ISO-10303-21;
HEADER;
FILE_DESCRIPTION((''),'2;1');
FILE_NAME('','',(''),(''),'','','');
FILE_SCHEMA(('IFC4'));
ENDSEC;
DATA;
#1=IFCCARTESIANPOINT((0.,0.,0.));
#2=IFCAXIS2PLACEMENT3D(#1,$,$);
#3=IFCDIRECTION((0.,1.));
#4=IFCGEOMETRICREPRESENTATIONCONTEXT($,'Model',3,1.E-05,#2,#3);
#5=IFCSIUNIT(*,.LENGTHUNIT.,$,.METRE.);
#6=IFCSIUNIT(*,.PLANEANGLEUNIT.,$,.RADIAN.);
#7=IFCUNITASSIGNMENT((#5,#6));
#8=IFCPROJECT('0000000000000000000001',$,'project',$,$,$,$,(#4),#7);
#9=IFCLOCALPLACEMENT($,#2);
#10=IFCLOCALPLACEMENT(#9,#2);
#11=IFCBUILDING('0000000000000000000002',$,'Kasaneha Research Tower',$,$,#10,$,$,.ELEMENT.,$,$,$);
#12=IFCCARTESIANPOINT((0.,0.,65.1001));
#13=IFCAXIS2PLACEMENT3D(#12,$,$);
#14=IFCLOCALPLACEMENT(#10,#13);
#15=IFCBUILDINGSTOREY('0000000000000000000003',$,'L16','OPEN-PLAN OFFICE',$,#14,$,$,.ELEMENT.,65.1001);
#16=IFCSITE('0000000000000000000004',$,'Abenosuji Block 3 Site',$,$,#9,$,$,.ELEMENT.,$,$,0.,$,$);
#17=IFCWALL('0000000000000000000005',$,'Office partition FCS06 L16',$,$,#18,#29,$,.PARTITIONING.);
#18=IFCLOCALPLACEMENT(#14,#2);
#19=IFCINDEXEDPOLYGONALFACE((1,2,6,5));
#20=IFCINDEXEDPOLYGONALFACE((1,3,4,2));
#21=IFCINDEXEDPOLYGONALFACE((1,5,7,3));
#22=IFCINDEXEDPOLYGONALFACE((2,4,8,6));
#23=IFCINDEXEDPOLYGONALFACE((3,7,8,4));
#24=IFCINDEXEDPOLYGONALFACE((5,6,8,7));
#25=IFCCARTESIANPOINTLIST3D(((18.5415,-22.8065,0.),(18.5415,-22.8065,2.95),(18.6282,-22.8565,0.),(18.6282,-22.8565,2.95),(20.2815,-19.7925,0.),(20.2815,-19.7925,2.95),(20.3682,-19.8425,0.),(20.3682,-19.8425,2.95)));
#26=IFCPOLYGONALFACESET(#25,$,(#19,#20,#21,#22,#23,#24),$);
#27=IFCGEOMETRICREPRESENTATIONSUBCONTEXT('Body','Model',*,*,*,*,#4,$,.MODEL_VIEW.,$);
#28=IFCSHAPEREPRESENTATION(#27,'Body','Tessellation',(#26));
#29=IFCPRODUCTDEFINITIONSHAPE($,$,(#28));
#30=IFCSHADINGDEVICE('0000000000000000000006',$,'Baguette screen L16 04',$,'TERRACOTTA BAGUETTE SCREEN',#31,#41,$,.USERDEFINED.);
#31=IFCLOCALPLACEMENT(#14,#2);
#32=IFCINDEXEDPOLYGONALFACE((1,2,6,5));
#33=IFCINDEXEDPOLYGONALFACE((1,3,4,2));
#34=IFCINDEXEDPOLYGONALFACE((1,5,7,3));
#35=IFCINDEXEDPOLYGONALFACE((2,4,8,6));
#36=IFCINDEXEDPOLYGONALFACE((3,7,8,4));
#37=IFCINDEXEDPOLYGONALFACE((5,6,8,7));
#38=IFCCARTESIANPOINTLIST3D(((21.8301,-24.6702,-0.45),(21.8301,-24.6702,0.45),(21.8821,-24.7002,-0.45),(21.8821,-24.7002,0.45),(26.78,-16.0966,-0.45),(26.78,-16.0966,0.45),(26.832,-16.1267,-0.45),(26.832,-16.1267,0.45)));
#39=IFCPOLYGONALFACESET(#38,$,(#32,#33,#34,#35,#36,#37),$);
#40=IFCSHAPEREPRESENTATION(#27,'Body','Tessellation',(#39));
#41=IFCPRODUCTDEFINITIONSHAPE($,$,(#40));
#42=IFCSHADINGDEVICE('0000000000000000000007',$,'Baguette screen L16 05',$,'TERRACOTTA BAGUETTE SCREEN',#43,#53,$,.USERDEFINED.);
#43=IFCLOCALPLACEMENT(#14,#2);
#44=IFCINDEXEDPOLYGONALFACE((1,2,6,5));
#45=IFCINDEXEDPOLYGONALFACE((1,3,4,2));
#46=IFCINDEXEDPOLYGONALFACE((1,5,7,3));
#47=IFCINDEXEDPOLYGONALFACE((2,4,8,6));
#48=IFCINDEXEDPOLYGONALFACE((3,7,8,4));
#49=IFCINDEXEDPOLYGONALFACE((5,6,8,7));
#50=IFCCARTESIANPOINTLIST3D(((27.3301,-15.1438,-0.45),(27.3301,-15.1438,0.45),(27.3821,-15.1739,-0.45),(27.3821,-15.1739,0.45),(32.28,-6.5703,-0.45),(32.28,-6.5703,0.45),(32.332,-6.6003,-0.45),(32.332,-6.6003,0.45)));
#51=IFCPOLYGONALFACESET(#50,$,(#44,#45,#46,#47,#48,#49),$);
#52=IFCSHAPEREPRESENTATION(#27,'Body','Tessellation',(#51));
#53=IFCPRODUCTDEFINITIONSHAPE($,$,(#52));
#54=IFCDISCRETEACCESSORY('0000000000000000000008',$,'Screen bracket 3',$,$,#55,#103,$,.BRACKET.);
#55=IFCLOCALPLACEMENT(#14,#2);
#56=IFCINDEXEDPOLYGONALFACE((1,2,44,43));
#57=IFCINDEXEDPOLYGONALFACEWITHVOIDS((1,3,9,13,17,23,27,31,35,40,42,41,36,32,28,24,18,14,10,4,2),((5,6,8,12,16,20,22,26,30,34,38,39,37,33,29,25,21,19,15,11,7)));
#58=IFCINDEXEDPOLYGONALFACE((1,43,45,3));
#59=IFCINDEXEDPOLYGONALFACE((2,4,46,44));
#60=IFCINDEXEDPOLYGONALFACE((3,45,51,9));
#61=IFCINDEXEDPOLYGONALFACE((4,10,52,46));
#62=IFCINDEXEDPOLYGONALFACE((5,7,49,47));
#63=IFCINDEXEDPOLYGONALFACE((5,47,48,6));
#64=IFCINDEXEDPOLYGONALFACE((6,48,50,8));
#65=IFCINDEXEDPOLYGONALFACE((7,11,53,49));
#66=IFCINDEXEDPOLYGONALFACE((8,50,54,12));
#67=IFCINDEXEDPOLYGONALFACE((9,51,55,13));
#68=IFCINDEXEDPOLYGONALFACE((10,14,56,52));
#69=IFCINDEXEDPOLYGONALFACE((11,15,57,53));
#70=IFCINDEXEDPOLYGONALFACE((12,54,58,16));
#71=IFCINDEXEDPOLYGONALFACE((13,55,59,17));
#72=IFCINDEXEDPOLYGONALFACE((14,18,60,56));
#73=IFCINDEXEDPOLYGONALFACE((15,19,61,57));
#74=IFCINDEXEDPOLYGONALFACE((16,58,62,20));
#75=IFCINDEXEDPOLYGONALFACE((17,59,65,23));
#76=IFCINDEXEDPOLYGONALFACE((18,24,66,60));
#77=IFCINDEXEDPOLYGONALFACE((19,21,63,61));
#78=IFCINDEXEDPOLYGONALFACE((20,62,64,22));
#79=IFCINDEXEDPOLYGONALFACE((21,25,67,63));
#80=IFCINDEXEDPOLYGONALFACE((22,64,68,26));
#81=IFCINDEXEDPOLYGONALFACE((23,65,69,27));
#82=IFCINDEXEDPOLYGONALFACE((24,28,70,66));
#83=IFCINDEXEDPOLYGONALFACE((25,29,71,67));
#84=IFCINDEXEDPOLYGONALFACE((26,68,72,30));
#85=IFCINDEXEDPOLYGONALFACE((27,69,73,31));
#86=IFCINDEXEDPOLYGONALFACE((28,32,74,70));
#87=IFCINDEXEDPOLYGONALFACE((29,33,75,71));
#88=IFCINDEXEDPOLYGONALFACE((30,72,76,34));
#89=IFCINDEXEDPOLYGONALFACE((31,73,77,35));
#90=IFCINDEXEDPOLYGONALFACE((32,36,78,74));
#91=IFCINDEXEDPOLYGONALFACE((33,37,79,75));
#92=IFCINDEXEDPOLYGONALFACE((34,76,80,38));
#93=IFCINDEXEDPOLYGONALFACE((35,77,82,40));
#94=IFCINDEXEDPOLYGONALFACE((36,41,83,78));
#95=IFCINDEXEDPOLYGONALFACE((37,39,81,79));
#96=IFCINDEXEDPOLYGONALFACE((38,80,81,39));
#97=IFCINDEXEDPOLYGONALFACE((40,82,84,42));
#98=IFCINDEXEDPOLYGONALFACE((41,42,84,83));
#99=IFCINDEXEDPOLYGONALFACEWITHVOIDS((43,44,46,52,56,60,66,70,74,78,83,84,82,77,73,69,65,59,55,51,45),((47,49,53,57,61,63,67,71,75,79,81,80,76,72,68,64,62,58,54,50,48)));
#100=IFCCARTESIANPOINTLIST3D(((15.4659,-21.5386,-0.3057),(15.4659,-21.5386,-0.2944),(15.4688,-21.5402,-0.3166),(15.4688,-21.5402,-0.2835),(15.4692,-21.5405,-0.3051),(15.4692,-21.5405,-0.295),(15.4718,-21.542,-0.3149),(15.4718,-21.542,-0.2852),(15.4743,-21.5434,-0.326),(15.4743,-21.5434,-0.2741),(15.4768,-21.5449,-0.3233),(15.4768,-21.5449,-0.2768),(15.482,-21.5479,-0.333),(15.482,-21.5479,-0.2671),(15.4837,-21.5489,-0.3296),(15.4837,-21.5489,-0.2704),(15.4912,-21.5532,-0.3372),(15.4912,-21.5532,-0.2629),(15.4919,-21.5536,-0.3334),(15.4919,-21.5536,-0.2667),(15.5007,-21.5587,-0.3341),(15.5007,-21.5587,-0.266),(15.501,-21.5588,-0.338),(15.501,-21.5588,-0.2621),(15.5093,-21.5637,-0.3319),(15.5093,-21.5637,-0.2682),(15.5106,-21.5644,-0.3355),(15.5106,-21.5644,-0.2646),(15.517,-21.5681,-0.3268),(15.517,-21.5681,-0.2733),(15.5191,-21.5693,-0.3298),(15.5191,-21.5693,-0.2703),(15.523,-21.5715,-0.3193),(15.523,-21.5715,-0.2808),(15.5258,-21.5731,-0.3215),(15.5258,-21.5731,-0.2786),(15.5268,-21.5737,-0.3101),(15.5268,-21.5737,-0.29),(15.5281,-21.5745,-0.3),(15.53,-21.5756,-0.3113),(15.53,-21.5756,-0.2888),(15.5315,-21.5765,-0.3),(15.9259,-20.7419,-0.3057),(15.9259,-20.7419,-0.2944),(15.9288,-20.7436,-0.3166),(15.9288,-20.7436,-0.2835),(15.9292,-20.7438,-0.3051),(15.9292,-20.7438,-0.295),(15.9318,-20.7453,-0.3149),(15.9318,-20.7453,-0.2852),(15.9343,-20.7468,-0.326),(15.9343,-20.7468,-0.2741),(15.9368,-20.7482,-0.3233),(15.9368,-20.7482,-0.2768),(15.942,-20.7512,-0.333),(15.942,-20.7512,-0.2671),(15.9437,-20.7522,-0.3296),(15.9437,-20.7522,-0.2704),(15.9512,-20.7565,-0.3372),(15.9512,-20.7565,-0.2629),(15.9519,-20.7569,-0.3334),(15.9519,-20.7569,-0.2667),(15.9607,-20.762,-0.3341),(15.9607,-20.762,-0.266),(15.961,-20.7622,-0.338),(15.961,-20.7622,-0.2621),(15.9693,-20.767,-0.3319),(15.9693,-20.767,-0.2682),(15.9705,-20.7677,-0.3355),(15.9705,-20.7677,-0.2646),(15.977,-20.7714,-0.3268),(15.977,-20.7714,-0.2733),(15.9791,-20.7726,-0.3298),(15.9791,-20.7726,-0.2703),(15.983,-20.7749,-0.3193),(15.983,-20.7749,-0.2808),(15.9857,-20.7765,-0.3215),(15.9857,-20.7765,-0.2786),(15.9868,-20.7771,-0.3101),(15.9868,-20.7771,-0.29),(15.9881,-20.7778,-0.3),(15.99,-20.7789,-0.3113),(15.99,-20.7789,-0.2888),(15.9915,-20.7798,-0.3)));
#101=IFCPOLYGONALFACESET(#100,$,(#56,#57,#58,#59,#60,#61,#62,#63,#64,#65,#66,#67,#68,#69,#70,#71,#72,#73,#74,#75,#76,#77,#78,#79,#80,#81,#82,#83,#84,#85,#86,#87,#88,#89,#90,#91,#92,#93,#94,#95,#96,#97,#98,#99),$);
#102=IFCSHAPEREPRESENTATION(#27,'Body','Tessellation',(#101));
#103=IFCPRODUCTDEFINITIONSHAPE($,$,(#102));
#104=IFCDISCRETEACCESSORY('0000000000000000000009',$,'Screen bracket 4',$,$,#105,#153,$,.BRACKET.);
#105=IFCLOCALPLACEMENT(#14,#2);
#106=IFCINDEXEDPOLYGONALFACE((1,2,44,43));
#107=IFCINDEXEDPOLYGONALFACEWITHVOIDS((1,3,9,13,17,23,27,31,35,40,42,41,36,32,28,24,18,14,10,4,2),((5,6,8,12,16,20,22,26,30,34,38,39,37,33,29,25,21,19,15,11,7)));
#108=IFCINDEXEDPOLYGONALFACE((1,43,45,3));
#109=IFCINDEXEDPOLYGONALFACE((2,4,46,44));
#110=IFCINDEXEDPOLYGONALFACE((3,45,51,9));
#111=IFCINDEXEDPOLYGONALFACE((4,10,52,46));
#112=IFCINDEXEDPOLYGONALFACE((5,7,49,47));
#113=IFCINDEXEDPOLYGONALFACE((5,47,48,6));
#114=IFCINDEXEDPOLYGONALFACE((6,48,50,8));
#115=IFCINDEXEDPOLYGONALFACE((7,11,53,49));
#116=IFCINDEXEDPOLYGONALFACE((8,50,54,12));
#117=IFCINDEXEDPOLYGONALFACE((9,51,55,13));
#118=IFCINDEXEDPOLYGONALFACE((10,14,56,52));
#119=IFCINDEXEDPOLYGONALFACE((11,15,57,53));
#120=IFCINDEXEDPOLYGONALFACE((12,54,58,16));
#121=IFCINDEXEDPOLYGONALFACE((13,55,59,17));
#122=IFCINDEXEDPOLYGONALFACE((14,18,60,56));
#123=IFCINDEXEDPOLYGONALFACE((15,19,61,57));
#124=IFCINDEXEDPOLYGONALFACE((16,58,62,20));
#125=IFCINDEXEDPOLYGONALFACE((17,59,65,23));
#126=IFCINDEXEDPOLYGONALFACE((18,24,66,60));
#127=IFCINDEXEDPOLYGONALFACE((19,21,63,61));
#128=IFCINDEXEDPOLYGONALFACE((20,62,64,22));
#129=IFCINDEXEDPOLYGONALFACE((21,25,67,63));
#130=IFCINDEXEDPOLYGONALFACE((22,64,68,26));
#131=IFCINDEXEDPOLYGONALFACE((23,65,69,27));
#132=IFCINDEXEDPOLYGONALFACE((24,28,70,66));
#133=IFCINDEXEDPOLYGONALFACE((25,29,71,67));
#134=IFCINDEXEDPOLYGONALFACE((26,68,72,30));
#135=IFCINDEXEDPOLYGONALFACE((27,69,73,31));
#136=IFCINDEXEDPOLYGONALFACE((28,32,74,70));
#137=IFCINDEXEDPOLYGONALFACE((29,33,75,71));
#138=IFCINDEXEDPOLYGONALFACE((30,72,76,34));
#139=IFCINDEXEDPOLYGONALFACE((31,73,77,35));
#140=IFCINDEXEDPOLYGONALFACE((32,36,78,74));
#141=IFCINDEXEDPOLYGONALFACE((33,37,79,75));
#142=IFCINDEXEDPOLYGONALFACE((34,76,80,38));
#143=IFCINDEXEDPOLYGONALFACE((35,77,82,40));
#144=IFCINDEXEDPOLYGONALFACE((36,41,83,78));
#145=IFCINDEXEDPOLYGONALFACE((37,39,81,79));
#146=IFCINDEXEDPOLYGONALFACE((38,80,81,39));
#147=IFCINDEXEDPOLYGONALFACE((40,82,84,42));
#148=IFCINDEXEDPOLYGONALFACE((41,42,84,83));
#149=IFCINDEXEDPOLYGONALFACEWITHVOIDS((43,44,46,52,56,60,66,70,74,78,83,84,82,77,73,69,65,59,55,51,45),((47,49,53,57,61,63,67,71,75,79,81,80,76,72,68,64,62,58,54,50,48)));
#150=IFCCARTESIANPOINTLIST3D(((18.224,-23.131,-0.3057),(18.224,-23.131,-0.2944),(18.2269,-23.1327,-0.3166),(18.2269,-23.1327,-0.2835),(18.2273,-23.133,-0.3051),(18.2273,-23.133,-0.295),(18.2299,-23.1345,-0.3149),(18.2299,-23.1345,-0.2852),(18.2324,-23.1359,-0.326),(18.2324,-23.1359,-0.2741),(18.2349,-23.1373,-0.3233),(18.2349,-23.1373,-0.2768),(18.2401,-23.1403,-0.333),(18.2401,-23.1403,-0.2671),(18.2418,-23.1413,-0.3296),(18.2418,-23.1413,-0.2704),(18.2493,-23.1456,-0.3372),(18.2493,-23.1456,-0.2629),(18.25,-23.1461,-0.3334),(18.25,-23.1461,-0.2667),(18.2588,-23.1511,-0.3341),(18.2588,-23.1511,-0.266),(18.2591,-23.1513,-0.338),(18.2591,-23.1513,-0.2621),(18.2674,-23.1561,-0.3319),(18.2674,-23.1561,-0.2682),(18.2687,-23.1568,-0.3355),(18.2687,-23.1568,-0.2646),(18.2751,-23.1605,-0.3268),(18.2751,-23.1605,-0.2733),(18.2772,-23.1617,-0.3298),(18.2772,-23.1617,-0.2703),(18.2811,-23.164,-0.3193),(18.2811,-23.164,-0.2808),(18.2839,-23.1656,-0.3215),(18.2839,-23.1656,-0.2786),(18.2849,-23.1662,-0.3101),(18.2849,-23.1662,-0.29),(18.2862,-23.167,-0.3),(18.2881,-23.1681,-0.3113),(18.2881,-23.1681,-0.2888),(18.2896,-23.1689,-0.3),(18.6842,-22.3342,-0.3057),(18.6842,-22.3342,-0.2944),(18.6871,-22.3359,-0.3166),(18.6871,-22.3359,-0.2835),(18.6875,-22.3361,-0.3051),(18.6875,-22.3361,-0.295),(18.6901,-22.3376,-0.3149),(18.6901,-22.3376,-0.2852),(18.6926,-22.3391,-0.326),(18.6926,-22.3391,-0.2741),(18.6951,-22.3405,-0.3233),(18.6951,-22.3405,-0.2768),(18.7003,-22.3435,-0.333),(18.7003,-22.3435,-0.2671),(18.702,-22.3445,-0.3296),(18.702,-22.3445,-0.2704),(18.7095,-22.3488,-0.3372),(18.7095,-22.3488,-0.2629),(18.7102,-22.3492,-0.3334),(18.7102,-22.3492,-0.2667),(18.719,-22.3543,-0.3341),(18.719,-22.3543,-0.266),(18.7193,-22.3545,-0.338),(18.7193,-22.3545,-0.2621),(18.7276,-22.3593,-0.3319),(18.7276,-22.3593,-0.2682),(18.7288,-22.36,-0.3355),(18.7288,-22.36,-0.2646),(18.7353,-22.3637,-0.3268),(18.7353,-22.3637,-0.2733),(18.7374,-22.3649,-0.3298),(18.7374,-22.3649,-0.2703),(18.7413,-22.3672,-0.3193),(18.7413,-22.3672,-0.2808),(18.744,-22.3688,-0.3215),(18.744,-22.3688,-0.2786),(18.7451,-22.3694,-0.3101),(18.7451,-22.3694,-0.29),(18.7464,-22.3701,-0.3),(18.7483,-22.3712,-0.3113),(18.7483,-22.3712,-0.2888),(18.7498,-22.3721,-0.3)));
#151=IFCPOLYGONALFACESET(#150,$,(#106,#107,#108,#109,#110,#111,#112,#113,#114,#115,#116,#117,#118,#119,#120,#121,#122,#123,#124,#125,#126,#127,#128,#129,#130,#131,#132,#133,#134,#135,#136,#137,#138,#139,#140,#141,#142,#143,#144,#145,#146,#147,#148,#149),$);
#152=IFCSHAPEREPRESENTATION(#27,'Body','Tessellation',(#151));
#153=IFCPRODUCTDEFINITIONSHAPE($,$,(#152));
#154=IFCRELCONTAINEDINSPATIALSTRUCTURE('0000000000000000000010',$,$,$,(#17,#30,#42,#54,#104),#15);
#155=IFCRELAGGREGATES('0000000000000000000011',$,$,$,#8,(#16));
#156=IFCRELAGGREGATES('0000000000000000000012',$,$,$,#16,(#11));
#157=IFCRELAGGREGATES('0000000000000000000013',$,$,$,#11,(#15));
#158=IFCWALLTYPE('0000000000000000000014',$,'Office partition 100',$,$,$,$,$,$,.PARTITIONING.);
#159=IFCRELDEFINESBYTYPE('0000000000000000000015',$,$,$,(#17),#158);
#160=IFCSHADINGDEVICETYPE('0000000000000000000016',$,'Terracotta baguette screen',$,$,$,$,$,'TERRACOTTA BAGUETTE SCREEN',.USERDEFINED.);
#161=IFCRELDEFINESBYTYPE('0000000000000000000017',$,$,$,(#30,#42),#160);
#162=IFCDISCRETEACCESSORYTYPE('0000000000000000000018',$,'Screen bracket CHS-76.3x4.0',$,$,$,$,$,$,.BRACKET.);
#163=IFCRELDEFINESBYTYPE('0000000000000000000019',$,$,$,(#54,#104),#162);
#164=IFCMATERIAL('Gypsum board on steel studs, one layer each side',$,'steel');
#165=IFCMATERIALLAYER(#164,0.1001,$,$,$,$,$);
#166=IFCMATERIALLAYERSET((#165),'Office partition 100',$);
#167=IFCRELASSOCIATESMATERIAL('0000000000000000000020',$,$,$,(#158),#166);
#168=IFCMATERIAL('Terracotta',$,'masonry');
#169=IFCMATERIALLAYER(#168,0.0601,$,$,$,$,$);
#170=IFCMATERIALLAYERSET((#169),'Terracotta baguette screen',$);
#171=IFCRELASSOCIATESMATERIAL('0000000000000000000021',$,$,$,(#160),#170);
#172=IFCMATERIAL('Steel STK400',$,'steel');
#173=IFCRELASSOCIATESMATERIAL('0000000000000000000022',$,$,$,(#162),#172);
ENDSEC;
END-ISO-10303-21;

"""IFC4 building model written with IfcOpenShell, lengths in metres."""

from ifc_helpers import new_model, si_unit, direction, frame, frame_2d, origin, origin_2d, place, context, subcontext, project, spatial, rectangle, hollow_circle, extrude, material, layer, layer_set, material_profile, profile_set, type_object, element, save


model = new_model("IFC4")

# Units and contexts
model_context = context("Model", 3, precision=1e-05, world=origin(), true_north=direction((0.0, 1.0)))
body_context = subcontext(model_context, "Body", "Model", "MODEL_VIEW")
ifc_project = project(units=[si_unit("LENGTHUNIT", "METRE"), si_unit("PLANEANGLEUNIT", "RADIAN")], contexts=[model_context])

# Site, building, storey
site_placement = place(None, origin())
site = spatial("IfcSite", under=ifc_project, at=site_placement, Name="Abenosuji Block 3 Site", CompositionType="ELEMENT", RefElevation=0.0)
building_placement = place(site_placement, origin())
building = spatial("IfcBuilding", under=site, at=building_placement, Name="Kasaneha Research Tower", CompositionType="ELEMENT")
storey_placement = place(building_placement, frame((0.0, 0.0, 65.1001)))
storey = spatial("IfcBuildingStorey", under=building, at=storey_placement, Name="L16", Description="OPEN-PLAN OFFICE", CompositionType="ELEMENT", Elevation=65.1001)

# Wall
ifc_material_1 = material(Name="Gypsum board on steel studs, one layer each side", Category="steel")
ifc_layer_1 = layer(ifc_material_1, 0.1001)
ifc_layer_set_1 = layer_set([ifc_layer_1], Name="Office partition 100")
wall_type = type_object("IfcWallType", Name="Office partition 100", PredefinedType="PARTITIONING", material=ifc_layer_set_1)
wall_placement = place(storey_placement, frame((20.325, -19.8174, 0.0), z_axis=(0.0, 0.0, 1.0), x_axis=(-0.49998, -0.866037, 0.0)))
element("IfcWall", 1, at=wall_placement, inside=storey, type_object=wall_type, Name="Office partition FCS06 L16", PredefinedType="PARTITIONING", context=body_context, shape_type="SweptSolid", body=[
    extrude(rectangle(XDim=3.4802, YDim=0.1001, at=frame_2d((1.7402, 0.0))), origin(), (0.0, 0.0, 1.0), 2.95),
])

# Shading devices
ifc_material_2 = material(Name="Terracotta", Category="masonry")
ifc_layer_2 = layer(ifc_material_2, 0.0601)
ifc_layer_set_2 = layer_set([ifc_layer_2], Name="Terracotta baguette screen")
shading_device_type = type_object("IfcShadingDeviceType", Name="Terracotta baguette screen", ElementType="TERRACOTTA BAGUETTE SCREEN", PredefinedType="USERDEFINED", material=ifc_layer_set_2)
for number, where, z_axis, x_axis, name in (
    (2, (24.3311, -20.3984, -0.45), (0.0, 0.0, 1.0), (0.5, 0.866025, 0.0), "Baguette screen L16 04"),
    (3, (29.8311, -10.8721, -0.45), (0.0, 0.0, 1.0), (0.5, 0.866025, 0.0), "Baguette screen L16 05"),
):
    element("IfcShadingDevice", number, at=place(storey_placement, frame(where, z_axis=z_axis, x_axis=x_axis)), inside=storey, type_object=shading_device_type, Name=name, ObjectType="TERRACOTTA BAGUETTE SCREEN", PredefinedType="USERDEFINED", context=body_context, shape_type="SweptSolid", body=[
        extrude(rectangle(XDim=9.8999, YDim=0.0601, at=origin_2d()), origin(), (0.0, 0.0, 1.0), 0.8999),
    ])

# Discrete accessories
ifc_material_3 = material(Name="Steel STK400", Category="steel")
ifc_material_profile_1 = material_profile(ifc_material_3, hollow_circle(Radius=0.0381, WallThickness=0.0039, at=origin_2d()), Name="CHS-76.3x4.0")
ifc_profile_set_1 = profile_set([ifc_material_profile_1], Name="Steel STK400")
discrete_accessory_type = type_object("IfcDiscreteAccessoryType", Name="Screen bracket CHS-76.3x4.0", PredefinedType="BRACKET", material=ifc_profile_set_1)
discrete_accessory_1_placement = place(storey_placement, frame((15.9585, -20.7607, -0.3), z_axis=(-0.500021, -0.866013, 0.0), x_axis=(0.866013, -0.500021, 0.0)))
element("IfcDiscreteAccessory", 4, at=discrete_accessory_1_placement, inside=storey, type_object=discrete_accessory_type, Name="Screen bracket 3", PredefinedType="BRACKET", context=body_context, shape_type="SweptSolid", body=[
    extrude(hollow_circle(Radius=0.0381, WallThickness=0.0039, at=origin_2d()), origin(), (0.0, 0.0, 1.0), 0.9199),
])
discrete_accessory_2_placement = place(storey_placement, frame((18.7168, -22.353, -0.3), z_axis=(-0.500105, -0.865965, 0.0), x_axis=(0.865965, -0.500105, 0.0)))
element("IfcDiscreteAccessory", 5, at=discrete_accessory_2_placement, inside=storey, type_object=discrete_accessory_type, Name="Screen bracket 4", PredefinedType="BRACKET", context=body_context, shape_type="SweptSolid", body=[
    extrude(hollow_circle(Radius=0.0381, WallThickness=0.0039, at=origin_2d()), origin(), (0.0, 0.0, 1.0), 0.9202),
])

save(model, "model.ifc")
